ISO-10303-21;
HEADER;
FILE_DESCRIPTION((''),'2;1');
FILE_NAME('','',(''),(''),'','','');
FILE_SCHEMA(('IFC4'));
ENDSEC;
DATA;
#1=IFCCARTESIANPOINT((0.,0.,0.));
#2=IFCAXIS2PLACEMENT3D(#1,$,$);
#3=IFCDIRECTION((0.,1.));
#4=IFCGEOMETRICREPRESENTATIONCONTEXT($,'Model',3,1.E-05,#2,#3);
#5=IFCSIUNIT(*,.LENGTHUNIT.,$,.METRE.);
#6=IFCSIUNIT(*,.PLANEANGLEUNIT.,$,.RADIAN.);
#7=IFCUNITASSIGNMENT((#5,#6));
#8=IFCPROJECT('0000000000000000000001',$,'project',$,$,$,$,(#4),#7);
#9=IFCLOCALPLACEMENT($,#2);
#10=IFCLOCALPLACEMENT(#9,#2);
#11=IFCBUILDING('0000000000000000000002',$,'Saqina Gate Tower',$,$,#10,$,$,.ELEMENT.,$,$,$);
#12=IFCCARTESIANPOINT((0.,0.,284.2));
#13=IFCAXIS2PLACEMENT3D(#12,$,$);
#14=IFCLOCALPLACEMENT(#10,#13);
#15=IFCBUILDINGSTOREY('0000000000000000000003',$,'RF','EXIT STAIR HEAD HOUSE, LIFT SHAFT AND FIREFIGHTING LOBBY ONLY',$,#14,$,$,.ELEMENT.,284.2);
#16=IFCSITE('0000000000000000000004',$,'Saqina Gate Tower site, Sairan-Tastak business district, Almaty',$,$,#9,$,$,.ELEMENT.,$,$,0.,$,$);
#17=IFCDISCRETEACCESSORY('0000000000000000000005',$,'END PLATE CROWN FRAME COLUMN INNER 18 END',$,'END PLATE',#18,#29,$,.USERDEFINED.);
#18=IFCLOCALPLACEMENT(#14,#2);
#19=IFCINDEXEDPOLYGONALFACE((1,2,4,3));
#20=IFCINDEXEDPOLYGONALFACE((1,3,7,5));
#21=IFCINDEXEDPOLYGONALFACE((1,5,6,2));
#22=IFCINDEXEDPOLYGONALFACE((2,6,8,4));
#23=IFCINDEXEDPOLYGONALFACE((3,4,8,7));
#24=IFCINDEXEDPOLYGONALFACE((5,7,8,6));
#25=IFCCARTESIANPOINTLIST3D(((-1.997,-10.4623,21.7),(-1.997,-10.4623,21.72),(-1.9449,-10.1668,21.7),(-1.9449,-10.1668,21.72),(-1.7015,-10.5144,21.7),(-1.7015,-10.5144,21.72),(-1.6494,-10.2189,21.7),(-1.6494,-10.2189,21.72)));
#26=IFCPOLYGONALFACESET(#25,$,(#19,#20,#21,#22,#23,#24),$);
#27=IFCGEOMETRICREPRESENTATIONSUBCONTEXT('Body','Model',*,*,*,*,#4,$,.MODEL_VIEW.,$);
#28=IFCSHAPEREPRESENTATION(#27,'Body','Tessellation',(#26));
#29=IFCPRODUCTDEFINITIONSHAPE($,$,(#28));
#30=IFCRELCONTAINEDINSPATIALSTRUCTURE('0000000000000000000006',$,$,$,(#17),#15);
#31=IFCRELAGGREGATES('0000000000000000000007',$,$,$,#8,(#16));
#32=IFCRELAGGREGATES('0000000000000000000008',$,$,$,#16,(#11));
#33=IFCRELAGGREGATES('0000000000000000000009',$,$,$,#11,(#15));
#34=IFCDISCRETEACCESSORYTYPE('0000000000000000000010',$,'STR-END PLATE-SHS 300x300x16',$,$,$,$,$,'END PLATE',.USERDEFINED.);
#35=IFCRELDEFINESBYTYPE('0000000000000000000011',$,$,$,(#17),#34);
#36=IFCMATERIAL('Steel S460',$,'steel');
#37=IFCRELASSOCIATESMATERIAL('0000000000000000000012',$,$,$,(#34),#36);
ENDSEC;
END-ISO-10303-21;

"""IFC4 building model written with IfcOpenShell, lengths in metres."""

from ifc_helpers import new_model, si_unit, direction, frame, origin, origin_2d, place, context, subcontext, project, spatial, rectangle, extrude, material, material_profile, profile_set, type_object, element, save


model = new_model("IFC4")

# Units and contexts
model_context = context("Model", 3, precision=1e-05, world=origin(), true_north=direction((0.0, 1.0)))
body_context = subcontext(model_context, "Body", "Model", "MODEL_VIEW")
ifc_project = project(units=[si_unit("LENGTHUNIT", "METRE"), si_unit("PLANEANGLEUNIT", "RADIAN")], contexts=[model_context])

# Site, building, storey
site_placement = place(None, origin())
site = spatial("IfcSite", under=ifc_project, at=site_placement, Name="Saqina Gate Tower site, Sairan-Tastak business district, Almaty", CompositionType="ELEMENT", RefElevation=0.0)
building_placement = place(site_placement, origin())
building = spatial("IfcBuilding", under=site, at=building_placement, Name="Saqina Gate Tower", CompositionType="ELEMENT")
storey_placement = place(building_placement, frame((0.0, 0.0, 284.2)))
storey = spatial("IfcBuildingStorey", under=building, at=storey_placement, Name="RF", Description="EXIT STAIR HEAD HOUSE, LIFT SHAFT AND FIREFIGHTING LOBBY ONLY", CompositionType="ELEMENT", Elevation=284.2)

# Discrete accessory
ifc_material_1 = material(Name="Steel S460", Category="steel")
ifc_material_profile_1 = material_profile(ifc_material_1, rectangle(XDim=0.3, YDim=0.3, at=origin_2d()), Name="STR-END PLATE-SHS 300x300x16")
ifc_profile_set_1 = profile_set([ifc_material_profile_1], Name="Steel S460")
discrete_accessory_type = type_object("IfcDiscreteAccessoryType", Name="STR-END PLATE-SHS 300x300x16", ElementType="END PLATE", PredefinedType="USERDEFINED", material=ifc_profile_set_1)
for number, where, z_axis, x_axis, name in (
    (1, (-1.8232, -10.3406, 21.7), (0.0, 0.0, 1.0), (-0.173648, -0.984808, 0.0), "END PLATE CROWN FRAME COLUMN INNER 18 END"),
):
    element("IfcDiscreteAccessory", number, at=place(storey_placement, frame(where, z_axis=z_axis, x_axis=x_axis)), inside=storey, type_object=discrete_accessory_type, Name=name, ObjectType="END PLATE", PredefinedType="USERDEFINED", context=body_context, shape_type="SweptSolid", body=[
        extrude(rectangle(XDim=0.3, YDim=0.3, at=origin_2d()), origin(), (0.0, 0.0, 1.0), 0.02),
    ])

save(model, "model.ifc")
